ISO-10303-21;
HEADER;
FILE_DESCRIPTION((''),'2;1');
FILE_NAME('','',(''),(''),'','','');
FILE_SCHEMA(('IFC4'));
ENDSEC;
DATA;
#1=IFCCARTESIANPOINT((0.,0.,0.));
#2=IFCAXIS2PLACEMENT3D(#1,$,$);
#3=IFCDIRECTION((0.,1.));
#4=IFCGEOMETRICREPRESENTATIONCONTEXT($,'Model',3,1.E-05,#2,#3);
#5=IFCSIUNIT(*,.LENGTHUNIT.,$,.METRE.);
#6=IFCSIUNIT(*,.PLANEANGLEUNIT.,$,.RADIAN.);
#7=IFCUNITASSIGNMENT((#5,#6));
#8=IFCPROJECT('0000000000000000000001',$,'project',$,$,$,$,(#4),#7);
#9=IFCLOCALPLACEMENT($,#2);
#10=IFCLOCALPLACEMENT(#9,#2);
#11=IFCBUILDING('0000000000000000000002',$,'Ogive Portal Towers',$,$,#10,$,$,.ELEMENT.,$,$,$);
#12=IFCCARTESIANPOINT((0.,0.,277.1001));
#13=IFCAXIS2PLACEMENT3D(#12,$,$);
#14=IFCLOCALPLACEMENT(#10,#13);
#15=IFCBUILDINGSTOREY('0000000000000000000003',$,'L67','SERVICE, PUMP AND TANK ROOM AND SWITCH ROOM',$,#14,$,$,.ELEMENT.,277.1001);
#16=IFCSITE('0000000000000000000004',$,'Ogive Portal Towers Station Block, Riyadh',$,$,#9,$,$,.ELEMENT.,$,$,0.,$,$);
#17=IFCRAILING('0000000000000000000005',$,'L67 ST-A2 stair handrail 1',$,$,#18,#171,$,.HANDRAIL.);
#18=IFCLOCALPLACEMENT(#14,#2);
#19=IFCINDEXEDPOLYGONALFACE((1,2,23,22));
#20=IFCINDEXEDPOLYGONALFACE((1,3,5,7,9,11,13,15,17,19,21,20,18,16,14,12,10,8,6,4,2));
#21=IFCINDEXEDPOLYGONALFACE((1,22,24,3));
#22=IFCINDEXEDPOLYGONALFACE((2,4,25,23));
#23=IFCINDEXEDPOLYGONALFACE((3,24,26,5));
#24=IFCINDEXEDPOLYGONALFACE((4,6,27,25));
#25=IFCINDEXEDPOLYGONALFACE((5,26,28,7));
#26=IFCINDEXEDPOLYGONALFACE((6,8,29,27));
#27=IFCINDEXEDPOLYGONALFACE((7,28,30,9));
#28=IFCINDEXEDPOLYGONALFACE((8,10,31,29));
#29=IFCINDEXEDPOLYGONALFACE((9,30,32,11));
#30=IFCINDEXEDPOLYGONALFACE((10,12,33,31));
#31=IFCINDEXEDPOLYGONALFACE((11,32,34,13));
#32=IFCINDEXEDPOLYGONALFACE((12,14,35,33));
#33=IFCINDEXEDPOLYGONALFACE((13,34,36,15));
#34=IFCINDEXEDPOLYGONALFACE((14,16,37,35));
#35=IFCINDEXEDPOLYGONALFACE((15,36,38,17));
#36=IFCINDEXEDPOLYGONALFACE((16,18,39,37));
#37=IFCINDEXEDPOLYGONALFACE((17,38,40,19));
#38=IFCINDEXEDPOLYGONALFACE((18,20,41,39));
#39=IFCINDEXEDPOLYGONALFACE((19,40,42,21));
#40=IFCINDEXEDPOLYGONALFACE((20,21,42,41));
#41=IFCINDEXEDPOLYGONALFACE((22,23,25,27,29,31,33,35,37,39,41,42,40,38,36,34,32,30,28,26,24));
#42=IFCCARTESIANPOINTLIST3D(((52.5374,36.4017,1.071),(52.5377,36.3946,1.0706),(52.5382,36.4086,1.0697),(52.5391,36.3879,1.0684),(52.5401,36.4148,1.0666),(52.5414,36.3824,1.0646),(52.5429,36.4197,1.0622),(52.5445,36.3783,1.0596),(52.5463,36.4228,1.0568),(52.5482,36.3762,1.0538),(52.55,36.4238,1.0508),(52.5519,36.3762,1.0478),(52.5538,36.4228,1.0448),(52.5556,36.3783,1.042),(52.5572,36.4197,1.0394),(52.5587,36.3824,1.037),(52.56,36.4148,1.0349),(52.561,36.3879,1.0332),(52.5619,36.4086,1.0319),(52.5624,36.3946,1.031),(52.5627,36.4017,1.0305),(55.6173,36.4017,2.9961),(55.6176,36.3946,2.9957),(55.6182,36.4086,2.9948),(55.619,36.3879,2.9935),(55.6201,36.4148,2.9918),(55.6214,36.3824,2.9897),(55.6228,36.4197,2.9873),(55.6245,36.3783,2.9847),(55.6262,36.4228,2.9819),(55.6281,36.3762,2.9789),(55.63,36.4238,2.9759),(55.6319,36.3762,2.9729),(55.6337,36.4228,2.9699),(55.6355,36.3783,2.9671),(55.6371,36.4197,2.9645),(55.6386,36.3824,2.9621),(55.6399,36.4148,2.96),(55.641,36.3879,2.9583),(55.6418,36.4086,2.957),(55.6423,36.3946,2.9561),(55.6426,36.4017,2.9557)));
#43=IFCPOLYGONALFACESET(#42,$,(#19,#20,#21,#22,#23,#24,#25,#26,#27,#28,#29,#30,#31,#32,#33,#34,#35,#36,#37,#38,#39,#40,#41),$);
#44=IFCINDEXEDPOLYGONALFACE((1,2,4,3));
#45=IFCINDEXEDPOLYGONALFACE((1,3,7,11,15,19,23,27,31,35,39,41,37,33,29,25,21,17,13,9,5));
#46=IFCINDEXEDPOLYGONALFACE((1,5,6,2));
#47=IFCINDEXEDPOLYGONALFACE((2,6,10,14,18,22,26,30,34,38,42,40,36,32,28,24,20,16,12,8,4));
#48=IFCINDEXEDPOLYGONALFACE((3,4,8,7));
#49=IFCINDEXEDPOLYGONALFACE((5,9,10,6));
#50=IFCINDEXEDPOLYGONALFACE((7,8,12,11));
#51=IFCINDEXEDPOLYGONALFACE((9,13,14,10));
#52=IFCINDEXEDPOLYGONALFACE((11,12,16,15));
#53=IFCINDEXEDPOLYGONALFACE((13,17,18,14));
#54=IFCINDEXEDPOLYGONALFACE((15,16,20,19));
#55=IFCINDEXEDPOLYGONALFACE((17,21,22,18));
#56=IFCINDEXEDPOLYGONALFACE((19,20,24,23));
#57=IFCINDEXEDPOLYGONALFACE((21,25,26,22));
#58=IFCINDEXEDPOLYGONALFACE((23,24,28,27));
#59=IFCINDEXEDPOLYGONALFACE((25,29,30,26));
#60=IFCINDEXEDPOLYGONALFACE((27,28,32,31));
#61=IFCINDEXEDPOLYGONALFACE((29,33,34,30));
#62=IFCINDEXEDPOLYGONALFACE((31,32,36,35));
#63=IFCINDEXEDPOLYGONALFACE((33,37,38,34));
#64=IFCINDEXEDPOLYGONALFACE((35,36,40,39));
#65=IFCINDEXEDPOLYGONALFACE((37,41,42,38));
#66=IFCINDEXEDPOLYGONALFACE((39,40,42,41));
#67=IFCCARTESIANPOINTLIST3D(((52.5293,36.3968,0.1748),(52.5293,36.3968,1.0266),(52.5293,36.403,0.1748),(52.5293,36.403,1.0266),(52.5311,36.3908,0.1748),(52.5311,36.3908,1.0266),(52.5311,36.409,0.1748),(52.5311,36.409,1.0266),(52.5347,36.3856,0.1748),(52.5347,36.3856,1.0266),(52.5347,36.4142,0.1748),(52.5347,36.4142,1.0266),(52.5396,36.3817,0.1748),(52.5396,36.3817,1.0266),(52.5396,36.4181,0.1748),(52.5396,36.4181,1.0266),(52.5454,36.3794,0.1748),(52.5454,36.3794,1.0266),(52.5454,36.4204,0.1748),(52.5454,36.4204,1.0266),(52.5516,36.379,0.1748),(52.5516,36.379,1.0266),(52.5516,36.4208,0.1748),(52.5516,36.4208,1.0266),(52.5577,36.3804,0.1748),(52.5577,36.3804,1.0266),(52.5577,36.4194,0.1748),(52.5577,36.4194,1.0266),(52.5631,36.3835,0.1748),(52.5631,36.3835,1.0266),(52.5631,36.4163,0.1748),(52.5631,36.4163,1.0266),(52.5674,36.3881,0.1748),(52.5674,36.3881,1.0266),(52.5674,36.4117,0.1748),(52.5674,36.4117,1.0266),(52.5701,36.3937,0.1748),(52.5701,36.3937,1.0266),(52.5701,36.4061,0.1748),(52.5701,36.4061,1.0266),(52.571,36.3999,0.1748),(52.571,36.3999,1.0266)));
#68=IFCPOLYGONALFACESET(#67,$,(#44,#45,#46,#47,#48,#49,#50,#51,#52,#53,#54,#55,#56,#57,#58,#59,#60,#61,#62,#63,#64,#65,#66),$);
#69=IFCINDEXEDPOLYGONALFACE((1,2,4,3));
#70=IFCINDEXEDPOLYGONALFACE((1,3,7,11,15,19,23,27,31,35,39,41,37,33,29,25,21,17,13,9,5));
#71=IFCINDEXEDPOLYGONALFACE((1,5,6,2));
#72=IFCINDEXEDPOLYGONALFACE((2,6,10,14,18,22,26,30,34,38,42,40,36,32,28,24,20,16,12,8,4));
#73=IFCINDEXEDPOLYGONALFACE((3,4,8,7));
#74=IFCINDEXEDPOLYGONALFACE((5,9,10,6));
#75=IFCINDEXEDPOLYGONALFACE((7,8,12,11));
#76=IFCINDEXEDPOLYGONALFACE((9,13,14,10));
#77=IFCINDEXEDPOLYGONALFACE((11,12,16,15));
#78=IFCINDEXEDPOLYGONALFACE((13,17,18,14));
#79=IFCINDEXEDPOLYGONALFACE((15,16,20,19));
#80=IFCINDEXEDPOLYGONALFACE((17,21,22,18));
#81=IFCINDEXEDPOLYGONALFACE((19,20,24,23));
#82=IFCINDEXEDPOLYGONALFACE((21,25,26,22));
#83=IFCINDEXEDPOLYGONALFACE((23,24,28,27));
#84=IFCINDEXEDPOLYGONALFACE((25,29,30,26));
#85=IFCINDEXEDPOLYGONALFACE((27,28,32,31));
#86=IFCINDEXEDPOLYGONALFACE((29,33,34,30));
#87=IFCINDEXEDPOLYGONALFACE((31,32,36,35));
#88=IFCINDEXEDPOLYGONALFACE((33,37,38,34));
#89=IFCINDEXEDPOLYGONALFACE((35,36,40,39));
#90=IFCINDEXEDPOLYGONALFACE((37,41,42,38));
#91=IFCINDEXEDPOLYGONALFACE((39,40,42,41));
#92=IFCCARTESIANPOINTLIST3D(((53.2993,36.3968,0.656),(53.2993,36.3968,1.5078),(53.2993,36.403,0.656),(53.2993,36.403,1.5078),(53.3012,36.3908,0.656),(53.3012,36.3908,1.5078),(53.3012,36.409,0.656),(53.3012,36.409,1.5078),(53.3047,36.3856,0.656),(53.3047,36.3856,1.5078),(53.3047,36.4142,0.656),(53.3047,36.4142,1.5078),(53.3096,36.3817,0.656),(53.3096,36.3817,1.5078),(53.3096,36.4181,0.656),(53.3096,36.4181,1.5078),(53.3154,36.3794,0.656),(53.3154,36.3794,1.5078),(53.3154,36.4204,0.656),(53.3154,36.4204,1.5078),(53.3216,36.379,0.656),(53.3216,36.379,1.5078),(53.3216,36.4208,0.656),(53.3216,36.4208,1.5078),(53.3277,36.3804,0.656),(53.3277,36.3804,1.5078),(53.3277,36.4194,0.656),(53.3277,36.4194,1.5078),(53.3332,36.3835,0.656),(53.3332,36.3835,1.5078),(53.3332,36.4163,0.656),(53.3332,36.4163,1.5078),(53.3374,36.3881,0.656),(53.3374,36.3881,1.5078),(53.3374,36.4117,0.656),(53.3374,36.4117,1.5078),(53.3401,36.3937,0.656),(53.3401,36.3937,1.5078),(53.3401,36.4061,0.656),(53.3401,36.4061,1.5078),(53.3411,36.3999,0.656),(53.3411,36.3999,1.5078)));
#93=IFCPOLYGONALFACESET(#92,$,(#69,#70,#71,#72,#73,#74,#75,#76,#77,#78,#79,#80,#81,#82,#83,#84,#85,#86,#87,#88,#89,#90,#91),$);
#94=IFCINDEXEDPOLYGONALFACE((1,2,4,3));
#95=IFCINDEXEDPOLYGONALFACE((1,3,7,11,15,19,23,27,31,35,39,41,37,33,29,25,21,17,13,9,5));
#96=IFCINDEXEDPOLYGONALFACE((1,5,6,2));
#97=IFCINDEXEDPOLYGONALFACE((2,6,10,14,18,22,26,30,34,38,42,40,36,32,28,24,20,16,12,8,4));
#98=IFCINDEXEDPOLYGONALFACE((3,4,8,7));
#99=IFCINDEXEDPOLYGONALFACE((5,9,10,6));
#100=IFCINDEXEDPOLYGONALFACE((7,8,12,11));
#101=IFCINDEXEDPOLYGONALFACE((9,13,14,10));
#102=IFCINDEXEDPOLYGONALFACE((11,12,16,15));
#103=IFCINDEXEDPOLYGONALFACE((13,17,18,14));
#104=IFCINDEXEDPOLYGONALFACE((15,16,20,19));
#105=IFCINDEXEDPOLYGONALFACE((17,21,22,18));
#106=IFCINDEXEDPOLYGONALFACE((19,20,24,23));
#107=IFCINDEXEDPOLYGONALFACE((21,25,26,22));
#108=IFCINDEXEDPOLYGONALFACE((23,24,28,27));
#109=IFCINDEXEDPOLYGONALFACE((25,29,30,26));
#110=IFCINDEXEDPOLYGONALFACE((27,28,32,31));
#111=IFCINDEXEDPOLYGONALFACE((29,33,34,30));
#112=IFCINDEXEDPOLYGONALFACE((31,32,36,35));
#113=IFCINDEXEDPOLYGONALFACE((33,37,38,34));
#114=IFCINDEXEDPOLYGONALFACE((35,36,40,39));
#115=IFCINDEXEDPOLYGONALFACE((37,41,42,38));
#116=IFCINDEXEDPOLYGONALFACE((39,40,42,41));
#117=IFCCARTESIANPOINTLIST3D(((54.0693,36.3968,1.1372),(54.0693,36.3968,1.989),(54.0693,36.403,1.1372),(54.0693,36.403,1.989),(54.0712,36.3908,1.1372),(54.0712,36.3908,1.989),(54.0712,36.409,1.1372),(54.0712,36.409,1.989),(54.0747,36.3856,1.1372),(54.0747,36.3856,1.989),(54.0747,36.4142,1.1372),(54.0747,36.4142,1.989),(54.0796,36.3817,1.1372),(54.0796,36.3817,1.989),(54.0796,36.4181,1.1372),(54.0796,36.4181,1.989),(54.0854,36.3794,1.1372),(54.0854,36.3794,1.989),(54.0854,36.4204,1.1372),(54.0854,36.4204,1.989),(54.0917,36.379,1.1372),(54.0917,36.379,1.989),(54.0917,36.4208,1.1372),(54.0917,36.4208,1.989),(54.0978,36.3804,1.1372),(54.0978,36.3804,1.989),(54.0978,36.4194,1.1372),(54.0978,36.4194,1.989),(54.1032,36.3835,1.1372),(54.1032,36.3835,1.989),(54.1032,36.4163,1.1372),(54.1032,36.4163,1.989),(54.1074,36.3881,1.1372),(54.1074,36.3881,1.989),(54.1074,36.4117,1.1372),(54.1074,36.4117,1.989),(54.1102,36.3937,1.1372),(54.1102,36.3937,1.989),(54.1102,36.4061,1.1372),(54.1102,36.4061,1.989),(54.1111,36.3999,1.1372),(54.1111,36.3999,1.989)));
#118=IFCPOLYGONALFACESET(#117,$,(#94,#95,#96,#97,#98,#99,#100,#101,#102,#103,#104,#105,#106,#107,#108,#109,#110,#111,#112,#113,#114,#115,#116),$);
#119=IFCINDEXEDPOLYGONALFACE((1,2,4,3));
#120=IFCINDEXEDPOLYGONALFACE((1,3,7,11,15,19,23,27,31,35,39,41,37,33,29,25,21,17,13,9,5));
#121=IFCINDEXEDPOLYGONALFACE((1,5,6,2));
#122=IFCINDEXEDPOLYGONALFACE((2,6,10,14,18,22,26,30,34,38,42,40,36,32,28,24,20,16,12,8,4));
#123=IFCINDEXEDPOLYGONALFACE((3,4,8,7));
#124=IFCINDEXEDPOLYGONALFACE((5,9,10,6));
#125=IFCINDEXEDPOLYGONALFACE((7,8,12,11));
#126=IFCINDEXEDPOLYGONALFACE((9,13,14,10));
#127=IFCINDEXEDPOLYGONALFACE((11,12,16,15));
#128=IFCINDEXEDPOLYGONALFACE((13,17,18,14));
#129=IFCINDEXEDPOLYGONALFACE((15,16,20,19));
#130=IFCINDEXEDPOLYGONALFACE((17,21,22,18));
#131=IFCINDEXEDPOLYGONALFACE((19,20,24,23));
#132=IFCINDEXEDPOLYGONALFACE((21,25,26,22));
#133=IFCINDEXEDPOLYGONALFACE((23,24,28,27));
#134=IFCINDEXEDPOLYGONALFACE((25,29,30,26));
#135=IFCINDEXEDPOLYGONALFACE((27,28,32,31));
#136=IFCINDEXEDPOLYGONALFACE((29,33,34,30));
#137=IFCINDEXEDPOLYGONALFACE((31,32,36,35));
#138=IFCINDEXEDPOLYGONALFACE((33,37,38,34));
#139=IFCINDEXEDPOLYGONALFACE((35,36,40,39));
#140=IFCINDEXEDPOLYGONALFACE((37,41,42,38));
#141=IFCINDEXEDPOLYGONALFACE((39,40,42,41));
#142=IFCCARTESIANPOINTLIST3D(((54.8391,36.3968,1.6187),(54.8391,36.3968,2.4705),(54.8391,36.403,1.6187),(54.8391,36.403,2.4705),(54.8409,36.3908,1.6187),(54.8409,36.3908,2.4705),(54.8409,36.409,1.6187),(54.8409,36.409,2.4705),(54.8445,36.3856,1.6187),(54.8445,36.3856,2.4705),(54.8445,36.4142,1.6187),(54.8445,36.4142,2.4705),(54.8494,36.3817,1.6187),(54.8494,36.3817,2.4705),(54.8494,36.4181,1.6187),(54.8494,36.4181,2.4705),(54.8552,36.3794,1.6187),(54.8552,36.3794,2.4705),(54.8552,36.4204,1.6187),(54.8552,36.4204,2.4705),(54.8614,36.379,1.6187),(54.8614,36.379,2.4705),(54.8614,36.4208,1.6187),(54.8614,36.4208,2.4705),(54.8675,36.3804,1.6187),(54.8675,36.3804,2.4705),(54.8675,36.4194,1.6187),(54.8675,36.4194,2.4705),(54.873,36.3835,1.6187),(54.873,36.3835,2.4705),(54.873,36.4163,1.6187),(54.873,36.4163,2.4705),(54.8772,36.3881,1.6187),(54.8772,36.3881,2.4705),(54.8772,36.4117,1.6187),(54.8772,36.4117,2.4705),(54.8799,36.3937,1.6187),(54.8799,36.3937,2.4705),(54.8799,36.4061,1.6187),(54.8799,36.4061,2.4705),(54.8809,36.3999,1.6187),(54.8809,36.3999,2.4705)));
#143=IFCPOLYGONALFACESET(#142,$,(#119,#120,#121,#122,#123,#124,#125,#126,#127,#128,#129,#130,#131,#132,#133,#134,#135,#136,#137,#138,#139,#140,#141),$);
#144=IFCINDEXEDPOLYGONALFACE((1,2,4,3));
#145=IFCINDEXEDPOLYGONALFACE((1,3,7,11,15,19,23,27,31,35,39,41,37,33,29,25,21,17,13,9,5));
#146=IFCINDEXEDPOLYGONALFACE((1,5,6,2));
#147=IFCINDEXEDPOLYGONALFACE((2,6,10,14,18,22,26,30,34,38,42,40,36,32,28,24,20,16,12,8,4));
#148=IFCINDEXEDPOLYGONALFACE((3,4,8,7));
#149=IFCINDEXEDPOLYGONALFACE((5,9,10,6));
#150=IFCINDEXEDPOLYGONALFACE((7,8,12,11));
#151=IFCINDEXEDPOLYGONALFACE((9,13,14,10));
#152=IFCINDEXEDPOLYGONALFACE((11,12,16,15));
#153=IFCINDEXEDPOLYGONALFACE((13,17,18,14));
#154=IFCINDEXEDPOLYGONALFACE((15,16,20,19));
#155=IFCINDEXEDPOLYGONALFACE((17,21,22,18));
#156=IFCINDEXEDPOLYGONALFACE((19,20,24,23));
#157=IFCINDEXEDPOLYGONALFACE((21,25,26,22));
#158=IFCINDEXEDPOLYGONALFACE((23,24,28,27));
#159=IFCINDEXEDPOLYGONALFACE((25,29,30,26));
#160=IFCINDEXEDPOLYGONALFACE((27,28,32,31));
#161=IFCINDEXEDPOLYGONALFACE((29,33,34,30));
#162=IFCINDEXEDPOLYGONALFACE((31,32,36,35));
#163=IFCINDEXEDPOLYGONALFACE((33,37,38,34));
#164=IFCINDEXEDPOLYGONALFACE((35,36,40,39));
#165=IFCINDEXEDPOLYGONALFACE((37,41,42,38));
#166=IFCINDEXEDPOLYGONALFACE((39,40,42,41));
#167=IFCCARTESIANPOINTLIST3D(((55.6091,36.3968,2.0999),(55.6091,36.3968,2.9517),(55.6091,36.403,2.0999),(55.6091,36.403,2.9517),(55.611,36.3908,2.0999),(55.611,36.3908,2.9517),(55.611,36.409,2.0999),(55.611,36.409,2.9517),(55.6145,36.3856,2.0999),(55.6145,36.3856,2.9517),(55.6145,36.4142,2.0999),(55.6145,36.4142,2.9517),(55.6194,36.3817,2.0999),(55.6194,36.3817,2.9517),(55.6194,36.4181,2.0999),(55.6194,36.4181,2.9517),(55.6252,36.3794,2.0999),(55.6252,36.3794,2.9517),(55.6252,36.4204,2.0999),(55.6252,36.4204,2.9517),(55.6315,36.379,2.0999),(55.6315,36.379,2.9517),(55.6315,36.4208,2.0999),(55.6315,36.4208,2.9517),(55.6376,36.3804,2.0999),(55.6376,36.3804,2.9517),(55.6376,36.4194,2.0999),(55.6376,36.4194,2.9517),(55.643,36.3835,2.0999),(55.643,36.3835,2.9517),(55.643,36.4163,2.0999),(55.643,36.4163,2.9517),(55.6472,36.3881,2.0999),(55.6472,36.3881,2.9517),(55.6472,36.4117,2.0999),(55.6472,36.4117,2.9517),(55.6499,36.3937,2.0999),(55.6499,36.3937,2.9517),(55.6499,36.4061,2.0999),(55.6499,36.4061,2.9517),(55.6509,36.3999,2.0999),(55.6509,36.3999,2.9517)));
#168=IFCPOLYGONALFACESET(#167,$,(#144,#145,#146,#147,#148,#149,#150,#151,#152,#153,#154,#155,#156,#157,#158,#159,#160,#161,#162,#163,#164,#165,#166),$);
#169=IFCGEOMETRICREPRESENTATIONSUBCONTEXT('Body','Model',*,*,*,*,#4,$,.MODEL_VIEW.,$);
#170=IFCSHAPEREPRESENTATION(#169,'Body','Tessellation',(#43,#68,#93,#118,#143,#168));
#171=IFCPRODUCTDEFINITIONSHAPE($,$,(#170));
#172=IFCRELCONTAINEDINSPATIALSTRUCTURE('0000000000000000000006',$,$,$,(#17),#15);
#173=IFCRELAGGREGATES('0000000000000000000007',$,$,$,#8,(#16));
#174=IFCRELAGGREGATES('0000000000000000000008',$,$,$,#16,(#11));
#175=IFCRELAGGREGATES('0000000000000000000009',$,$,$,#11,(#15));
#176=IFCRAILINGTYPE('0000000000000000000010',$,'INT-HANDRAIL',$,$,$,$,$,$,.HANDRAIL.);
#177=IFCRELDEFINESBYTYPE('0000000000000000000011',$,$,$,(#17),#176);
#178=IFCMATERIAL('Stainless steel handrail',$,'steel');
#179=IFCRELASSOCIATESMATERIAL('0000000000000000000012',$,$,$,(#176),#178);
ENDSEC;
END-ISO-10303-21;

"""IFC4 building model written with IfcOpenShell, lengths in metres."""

from ifc_helpers import new_model, si_unit, direction, frame, origin, origin_2d, place, context, subcontext, project, spatial, circle, extrude, material, type_object, element, save


model = new_model("IFC4")

# Units and contexts
model_context = context("Model", 3, precision=1e-05, world=origin(), true_north=direction((0.0, 1.0)))
body_context = subcontext(model_context, "Body", "Model", "MODEL_VIEW")
ifc_project = project(units=[si_unit("LENGTHUNIT", "METRE"), si_unit("PLANEANGLEUNIT", "RADIAN")], contexts=[model_context])

# Site, building, storey
site_placement = place(None, origin())
site = spatial("IfcSite", under=ifc_project, at=site_placement, Name="Ogive Portal Towers Station Block, Riyadh", CompositionType="ELEMENT", RefElevation=0.0)
building_placement = place(site_placement, origin())
building = spatial("IfcBuilding", under=site, at=building_placement, Name="Ogive Portal Towers", CompositionType="ELEMENT")
storey_placement = place(building_placement, frame((0.0, 0.0, 277.1001)))
storey = spatial("IfcBuildingStorey", under=building, at=storey_placement, Name="L67", Description="SERVICE, PUMP AND TANK ROOM AND SWITCH ROOM", CompositionType="ELEMENT", Elevation=277.1001)

# Railing
ifc_material_1 = material(Name="Stainless steel handrail", Category="steel")
railing_type_1 = type_object("IfcRailingType", Name="INT-HANDRAIL", PredefinedType="HANDRAIL", material=ifc_material_1)
railing_1_placement = place(storey_placement, frame((52.55, 36.3999, 0.1748)))
element("IfcRailing", 1, at=railing_1_placement, inside=storey, type_object=railing_type_1, Name="L67 ST-A2 stair handrail 1", PredefinedType="HANDRAIL", context=body_context, shape_type="SweptSolid", body=[
    extrude(circle(Radius=0.0239, at=origin_2d()), frame((0.0, 0.0, 0.876), z_axis=(0.847979, 0.0, 0.530029), x_axis=(0.0, 1.0, 0.0)), (0.0, 0.0, 1.0), 3.6321),
    extrude(circle(Radius=0.021, at=origin_2d()), origin(), (0.0, 0.0, 1.0), 0.8518),
    extrude(circle(Radius=0.021, at=origin_2d()), frame((0.77, 0.0, 0.4812)), (0.0, 0.0, 1.0), 0.8518),
    extrude(circle(Radius=0.021, at=origin_2d()), frame((1.54, 0.0, 0.9624)), (0.0, 0.0, 1.0), 0.8518),
    extrude(circle(Radius=0.021, at=origin_2d()), frame((2.3098, 0.0, 1.4438)), (0.0, 0.0, 1.0), 0.8518),
    extrude(circle(Radius=0.021, at=origin_2d()), frame((3.0798, 0.0, 1.925)), (0.0, 0.0, 1.0), 0.8518),
])

save(model, "model.ifc")
